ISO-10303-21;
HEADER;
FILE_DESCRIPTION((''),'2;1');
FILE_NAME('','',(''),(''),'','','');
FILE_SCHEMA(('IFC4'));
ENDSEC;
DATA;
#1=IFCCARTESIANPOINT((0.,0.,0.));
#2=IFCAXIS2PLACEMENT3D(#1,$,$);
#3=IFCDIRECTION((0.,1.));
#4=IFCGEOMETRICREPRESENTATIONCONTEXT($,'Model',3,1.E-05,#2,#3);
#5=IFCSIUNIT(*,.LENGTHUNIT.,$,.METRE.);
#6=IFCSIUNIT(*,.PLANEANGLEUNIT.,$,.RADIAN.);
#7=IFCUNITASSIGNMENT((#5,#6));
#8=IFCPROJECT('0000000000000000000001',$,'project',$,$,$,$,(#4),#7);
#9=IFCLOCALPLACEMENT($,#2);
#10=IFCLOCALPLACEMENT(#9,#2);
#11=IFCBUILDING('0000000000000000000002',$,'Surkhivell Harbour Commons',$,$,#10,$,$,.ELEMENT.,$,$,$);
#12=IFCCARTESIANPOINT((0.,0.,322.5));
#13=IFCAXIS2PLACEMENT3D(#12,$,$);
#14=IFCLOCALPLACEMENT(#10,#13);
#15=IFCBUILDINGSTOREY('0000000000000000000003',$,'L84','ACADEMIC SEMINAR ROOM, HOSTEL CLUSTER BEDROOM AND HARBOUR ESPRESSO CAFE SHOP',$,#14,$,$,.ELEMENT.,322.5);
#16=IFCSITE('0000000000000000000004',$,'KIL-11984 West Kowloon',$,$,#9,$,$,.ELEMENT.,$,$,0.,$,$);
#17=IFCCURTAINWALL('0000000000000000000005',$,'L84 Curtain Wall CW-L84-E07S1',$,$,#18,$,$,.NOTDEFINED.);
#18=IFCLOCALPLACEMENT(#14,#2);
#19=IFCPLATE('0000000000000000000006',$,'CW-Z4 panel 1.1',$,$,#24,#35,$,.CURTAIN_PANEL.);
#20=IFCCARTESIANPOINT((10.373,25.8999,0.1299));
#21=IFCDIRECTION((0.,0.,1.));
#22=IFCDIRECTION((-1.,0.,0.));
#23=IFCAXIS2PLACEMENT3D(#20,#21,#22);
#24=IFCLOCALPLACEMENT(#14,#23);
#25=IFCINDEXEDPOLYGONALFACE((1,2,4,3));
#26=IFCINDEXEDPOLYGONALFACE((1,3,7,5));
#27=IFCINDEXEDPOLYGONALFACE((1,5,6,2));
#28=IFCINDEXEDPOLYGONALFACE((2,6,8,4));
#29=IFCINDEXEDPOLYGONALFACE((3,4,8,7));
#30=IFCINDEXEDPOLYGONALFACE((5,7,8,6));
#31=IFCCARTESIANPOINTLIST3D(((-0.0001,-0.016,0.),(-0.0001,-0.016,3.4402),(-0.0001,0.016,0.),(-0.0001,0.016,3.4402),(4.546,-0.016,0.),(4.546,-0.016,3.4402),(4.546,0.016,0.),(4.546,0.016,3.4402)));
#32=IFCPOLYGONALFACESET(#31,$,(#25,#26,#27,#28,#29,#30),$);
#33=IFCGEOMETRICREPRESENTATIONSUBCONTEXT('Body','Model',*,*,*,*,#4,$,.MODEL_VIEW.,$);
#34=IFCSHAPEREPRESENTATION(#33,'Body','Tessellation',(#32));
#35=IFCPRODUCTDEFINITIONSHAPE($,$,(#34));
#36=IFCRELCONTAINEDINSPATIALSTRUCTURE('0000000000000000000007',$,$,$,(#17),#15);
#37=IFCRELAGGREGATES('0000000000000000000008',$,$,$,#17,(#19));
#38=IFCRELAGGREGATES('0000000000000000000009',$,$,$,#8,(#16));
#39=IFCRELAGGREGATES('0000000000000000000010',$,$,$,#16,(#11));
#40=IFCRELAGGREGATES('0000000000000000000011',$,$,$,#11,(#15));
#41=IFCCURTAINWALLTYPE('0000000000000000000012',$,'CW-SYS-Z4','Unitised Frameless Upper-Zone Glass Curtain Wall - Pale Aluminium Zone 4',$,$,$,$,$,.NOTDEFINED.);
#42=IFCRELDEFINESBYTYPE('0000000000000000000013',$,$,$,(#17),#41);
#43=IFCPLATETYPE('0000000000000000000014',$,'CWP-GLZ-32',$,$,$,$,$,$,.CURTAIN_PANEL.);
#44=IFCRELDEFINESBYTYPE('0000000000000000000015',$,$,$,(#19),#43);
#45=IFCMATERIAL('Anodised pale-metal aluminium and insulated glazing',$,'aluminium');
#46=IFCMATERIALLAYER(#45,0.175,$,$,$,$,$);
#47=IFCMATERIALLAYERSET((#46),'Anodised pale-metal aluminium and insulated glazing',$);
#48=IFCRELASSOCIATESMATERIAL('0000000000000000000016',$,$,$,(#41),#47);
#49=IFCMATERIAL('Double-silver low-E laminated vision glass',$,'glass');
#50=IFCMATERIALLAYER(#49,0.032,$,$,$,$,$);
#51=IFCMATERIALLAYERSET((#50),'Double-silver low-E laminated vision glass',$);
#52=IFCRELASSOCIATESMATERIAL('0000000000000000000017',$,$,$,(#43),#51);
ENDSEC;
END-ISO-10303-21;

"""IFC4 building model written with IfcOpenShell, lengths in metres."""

from ifc_helpers import new_model, si_unit, direction, frame, frame_2d, origin, place, context, subcontext, project, spatial, rectangle, extrude, material, layer, layer_set, type_object, element, aggregate, save


model = new_model("IFC4")

# Units and contexts
model_context = context("Model", 3, precision=1e-05, world=origin(), true_north=direction((0.0, 1.0)))
body_context = subcontext(model_context, "Body", "Model", "MODEL_VIEW")
ifc_project = project(units=[si_unit("LENGTHUNIT", "METRE"), si_unit("PLANEANGLEUNIT", "RADIAN")], contexts=[model_context])

# Site, building, storey
site_placement = place(None, origin())
site = spatial("IfcSite", under=ifc_project, at=site_placement, Name="KIL-11984 West Kowloon", CompositionType="ELEMENT", RefElevation=0.0)
building_placement = place(site_placement, origin())
building = spatial("IfcBuilding", under=site, at=building_placement, Name="Surkhivell Harbour Commons", CompositionType="ELEMENT")
storey_placement = place(building_placement, frame((0.0, 0.0, 322.5)))
storey = spatial("IfcBuildingStorey", under=building, at=storey_placement, Name="L84", Description="ACADEMIC SEMINAR ROOM, HOSTEL CLUSTER BEDROOM AND HARBOUR ESPRESSO CAFE SHOP", CompositionType="ELEMENT", Elevation=322.5)

# Curtain wall
ifc_material_1 = material(Name="Anodised pale-metal aluminium and insulated glazing", Category="aluminium")
ifc_layer_1 = layer(ifc_material_1, 0.175)
ifc_layer_set_1 = layer_set([ifc_layer_1], Name="Anodised pale-metal aluminium and insulated glazing")
curtain_wall_type = type_object("IfcCurtainWallType", Name="CW-SYS-Z4", Description="Unitised Frameless Upper-Zone Glass Curtain Wall - Pale Aluminium Zone 4", PredefinedType="NOTDEFINED", material=ifc_layer_set_1)
curtain_wall_1_placement = place(storey_placement, origin())
curtain_wall_1 = element("IfcCurtainWall", 1, at=curtain_wall_1_placement, inside=storey, type_object=curtain_wall_type, Name="L84 Curtain Wall CW-L84-E07S1", PredefinedType="NOTDEFINED")

# Plate
ifc_material_2 = material(Name="Double-silver low-E laminated vision glass", Category="glass")
ifc_layer_2 = layer(ifc_material_2, 0.032)
ifc_layer_set_2 = layer_set([ifc_layer_2], Name="Double-silver low-E laminated vision glass")
plate_type = type_object("IfcPlateType", Name="CWP-GLZ-32", PredefinedType="CURTAIN_PANEL", material=ifc_layer_set_2)
plate_1_placement = place(storey_placement, frame((10.373, 25.8999, 0.1299), z_axis=(0.0, 0.0, 1.0), x_axis=(-1.0, 0.0, 0.0)))
plate_1 = element("IfcPlate", 2, at=plate_1_placement, type_object=plate_type, Name="CW-Z4 panel 1.1", PredefinedType="CURTAIN_PANEL", context=body_context, shape_type="SweptSolid", body=[
    extrude(rectangle(XDim=4.5461, YDim=0.032, at=frame_2d((2.2729, 0.0))), origin(), (0.0, 0.0, 1.0), 3.4402),
])
aggregate(curtain_wall_1, [plate_1])

save(model, "model.ifc")
